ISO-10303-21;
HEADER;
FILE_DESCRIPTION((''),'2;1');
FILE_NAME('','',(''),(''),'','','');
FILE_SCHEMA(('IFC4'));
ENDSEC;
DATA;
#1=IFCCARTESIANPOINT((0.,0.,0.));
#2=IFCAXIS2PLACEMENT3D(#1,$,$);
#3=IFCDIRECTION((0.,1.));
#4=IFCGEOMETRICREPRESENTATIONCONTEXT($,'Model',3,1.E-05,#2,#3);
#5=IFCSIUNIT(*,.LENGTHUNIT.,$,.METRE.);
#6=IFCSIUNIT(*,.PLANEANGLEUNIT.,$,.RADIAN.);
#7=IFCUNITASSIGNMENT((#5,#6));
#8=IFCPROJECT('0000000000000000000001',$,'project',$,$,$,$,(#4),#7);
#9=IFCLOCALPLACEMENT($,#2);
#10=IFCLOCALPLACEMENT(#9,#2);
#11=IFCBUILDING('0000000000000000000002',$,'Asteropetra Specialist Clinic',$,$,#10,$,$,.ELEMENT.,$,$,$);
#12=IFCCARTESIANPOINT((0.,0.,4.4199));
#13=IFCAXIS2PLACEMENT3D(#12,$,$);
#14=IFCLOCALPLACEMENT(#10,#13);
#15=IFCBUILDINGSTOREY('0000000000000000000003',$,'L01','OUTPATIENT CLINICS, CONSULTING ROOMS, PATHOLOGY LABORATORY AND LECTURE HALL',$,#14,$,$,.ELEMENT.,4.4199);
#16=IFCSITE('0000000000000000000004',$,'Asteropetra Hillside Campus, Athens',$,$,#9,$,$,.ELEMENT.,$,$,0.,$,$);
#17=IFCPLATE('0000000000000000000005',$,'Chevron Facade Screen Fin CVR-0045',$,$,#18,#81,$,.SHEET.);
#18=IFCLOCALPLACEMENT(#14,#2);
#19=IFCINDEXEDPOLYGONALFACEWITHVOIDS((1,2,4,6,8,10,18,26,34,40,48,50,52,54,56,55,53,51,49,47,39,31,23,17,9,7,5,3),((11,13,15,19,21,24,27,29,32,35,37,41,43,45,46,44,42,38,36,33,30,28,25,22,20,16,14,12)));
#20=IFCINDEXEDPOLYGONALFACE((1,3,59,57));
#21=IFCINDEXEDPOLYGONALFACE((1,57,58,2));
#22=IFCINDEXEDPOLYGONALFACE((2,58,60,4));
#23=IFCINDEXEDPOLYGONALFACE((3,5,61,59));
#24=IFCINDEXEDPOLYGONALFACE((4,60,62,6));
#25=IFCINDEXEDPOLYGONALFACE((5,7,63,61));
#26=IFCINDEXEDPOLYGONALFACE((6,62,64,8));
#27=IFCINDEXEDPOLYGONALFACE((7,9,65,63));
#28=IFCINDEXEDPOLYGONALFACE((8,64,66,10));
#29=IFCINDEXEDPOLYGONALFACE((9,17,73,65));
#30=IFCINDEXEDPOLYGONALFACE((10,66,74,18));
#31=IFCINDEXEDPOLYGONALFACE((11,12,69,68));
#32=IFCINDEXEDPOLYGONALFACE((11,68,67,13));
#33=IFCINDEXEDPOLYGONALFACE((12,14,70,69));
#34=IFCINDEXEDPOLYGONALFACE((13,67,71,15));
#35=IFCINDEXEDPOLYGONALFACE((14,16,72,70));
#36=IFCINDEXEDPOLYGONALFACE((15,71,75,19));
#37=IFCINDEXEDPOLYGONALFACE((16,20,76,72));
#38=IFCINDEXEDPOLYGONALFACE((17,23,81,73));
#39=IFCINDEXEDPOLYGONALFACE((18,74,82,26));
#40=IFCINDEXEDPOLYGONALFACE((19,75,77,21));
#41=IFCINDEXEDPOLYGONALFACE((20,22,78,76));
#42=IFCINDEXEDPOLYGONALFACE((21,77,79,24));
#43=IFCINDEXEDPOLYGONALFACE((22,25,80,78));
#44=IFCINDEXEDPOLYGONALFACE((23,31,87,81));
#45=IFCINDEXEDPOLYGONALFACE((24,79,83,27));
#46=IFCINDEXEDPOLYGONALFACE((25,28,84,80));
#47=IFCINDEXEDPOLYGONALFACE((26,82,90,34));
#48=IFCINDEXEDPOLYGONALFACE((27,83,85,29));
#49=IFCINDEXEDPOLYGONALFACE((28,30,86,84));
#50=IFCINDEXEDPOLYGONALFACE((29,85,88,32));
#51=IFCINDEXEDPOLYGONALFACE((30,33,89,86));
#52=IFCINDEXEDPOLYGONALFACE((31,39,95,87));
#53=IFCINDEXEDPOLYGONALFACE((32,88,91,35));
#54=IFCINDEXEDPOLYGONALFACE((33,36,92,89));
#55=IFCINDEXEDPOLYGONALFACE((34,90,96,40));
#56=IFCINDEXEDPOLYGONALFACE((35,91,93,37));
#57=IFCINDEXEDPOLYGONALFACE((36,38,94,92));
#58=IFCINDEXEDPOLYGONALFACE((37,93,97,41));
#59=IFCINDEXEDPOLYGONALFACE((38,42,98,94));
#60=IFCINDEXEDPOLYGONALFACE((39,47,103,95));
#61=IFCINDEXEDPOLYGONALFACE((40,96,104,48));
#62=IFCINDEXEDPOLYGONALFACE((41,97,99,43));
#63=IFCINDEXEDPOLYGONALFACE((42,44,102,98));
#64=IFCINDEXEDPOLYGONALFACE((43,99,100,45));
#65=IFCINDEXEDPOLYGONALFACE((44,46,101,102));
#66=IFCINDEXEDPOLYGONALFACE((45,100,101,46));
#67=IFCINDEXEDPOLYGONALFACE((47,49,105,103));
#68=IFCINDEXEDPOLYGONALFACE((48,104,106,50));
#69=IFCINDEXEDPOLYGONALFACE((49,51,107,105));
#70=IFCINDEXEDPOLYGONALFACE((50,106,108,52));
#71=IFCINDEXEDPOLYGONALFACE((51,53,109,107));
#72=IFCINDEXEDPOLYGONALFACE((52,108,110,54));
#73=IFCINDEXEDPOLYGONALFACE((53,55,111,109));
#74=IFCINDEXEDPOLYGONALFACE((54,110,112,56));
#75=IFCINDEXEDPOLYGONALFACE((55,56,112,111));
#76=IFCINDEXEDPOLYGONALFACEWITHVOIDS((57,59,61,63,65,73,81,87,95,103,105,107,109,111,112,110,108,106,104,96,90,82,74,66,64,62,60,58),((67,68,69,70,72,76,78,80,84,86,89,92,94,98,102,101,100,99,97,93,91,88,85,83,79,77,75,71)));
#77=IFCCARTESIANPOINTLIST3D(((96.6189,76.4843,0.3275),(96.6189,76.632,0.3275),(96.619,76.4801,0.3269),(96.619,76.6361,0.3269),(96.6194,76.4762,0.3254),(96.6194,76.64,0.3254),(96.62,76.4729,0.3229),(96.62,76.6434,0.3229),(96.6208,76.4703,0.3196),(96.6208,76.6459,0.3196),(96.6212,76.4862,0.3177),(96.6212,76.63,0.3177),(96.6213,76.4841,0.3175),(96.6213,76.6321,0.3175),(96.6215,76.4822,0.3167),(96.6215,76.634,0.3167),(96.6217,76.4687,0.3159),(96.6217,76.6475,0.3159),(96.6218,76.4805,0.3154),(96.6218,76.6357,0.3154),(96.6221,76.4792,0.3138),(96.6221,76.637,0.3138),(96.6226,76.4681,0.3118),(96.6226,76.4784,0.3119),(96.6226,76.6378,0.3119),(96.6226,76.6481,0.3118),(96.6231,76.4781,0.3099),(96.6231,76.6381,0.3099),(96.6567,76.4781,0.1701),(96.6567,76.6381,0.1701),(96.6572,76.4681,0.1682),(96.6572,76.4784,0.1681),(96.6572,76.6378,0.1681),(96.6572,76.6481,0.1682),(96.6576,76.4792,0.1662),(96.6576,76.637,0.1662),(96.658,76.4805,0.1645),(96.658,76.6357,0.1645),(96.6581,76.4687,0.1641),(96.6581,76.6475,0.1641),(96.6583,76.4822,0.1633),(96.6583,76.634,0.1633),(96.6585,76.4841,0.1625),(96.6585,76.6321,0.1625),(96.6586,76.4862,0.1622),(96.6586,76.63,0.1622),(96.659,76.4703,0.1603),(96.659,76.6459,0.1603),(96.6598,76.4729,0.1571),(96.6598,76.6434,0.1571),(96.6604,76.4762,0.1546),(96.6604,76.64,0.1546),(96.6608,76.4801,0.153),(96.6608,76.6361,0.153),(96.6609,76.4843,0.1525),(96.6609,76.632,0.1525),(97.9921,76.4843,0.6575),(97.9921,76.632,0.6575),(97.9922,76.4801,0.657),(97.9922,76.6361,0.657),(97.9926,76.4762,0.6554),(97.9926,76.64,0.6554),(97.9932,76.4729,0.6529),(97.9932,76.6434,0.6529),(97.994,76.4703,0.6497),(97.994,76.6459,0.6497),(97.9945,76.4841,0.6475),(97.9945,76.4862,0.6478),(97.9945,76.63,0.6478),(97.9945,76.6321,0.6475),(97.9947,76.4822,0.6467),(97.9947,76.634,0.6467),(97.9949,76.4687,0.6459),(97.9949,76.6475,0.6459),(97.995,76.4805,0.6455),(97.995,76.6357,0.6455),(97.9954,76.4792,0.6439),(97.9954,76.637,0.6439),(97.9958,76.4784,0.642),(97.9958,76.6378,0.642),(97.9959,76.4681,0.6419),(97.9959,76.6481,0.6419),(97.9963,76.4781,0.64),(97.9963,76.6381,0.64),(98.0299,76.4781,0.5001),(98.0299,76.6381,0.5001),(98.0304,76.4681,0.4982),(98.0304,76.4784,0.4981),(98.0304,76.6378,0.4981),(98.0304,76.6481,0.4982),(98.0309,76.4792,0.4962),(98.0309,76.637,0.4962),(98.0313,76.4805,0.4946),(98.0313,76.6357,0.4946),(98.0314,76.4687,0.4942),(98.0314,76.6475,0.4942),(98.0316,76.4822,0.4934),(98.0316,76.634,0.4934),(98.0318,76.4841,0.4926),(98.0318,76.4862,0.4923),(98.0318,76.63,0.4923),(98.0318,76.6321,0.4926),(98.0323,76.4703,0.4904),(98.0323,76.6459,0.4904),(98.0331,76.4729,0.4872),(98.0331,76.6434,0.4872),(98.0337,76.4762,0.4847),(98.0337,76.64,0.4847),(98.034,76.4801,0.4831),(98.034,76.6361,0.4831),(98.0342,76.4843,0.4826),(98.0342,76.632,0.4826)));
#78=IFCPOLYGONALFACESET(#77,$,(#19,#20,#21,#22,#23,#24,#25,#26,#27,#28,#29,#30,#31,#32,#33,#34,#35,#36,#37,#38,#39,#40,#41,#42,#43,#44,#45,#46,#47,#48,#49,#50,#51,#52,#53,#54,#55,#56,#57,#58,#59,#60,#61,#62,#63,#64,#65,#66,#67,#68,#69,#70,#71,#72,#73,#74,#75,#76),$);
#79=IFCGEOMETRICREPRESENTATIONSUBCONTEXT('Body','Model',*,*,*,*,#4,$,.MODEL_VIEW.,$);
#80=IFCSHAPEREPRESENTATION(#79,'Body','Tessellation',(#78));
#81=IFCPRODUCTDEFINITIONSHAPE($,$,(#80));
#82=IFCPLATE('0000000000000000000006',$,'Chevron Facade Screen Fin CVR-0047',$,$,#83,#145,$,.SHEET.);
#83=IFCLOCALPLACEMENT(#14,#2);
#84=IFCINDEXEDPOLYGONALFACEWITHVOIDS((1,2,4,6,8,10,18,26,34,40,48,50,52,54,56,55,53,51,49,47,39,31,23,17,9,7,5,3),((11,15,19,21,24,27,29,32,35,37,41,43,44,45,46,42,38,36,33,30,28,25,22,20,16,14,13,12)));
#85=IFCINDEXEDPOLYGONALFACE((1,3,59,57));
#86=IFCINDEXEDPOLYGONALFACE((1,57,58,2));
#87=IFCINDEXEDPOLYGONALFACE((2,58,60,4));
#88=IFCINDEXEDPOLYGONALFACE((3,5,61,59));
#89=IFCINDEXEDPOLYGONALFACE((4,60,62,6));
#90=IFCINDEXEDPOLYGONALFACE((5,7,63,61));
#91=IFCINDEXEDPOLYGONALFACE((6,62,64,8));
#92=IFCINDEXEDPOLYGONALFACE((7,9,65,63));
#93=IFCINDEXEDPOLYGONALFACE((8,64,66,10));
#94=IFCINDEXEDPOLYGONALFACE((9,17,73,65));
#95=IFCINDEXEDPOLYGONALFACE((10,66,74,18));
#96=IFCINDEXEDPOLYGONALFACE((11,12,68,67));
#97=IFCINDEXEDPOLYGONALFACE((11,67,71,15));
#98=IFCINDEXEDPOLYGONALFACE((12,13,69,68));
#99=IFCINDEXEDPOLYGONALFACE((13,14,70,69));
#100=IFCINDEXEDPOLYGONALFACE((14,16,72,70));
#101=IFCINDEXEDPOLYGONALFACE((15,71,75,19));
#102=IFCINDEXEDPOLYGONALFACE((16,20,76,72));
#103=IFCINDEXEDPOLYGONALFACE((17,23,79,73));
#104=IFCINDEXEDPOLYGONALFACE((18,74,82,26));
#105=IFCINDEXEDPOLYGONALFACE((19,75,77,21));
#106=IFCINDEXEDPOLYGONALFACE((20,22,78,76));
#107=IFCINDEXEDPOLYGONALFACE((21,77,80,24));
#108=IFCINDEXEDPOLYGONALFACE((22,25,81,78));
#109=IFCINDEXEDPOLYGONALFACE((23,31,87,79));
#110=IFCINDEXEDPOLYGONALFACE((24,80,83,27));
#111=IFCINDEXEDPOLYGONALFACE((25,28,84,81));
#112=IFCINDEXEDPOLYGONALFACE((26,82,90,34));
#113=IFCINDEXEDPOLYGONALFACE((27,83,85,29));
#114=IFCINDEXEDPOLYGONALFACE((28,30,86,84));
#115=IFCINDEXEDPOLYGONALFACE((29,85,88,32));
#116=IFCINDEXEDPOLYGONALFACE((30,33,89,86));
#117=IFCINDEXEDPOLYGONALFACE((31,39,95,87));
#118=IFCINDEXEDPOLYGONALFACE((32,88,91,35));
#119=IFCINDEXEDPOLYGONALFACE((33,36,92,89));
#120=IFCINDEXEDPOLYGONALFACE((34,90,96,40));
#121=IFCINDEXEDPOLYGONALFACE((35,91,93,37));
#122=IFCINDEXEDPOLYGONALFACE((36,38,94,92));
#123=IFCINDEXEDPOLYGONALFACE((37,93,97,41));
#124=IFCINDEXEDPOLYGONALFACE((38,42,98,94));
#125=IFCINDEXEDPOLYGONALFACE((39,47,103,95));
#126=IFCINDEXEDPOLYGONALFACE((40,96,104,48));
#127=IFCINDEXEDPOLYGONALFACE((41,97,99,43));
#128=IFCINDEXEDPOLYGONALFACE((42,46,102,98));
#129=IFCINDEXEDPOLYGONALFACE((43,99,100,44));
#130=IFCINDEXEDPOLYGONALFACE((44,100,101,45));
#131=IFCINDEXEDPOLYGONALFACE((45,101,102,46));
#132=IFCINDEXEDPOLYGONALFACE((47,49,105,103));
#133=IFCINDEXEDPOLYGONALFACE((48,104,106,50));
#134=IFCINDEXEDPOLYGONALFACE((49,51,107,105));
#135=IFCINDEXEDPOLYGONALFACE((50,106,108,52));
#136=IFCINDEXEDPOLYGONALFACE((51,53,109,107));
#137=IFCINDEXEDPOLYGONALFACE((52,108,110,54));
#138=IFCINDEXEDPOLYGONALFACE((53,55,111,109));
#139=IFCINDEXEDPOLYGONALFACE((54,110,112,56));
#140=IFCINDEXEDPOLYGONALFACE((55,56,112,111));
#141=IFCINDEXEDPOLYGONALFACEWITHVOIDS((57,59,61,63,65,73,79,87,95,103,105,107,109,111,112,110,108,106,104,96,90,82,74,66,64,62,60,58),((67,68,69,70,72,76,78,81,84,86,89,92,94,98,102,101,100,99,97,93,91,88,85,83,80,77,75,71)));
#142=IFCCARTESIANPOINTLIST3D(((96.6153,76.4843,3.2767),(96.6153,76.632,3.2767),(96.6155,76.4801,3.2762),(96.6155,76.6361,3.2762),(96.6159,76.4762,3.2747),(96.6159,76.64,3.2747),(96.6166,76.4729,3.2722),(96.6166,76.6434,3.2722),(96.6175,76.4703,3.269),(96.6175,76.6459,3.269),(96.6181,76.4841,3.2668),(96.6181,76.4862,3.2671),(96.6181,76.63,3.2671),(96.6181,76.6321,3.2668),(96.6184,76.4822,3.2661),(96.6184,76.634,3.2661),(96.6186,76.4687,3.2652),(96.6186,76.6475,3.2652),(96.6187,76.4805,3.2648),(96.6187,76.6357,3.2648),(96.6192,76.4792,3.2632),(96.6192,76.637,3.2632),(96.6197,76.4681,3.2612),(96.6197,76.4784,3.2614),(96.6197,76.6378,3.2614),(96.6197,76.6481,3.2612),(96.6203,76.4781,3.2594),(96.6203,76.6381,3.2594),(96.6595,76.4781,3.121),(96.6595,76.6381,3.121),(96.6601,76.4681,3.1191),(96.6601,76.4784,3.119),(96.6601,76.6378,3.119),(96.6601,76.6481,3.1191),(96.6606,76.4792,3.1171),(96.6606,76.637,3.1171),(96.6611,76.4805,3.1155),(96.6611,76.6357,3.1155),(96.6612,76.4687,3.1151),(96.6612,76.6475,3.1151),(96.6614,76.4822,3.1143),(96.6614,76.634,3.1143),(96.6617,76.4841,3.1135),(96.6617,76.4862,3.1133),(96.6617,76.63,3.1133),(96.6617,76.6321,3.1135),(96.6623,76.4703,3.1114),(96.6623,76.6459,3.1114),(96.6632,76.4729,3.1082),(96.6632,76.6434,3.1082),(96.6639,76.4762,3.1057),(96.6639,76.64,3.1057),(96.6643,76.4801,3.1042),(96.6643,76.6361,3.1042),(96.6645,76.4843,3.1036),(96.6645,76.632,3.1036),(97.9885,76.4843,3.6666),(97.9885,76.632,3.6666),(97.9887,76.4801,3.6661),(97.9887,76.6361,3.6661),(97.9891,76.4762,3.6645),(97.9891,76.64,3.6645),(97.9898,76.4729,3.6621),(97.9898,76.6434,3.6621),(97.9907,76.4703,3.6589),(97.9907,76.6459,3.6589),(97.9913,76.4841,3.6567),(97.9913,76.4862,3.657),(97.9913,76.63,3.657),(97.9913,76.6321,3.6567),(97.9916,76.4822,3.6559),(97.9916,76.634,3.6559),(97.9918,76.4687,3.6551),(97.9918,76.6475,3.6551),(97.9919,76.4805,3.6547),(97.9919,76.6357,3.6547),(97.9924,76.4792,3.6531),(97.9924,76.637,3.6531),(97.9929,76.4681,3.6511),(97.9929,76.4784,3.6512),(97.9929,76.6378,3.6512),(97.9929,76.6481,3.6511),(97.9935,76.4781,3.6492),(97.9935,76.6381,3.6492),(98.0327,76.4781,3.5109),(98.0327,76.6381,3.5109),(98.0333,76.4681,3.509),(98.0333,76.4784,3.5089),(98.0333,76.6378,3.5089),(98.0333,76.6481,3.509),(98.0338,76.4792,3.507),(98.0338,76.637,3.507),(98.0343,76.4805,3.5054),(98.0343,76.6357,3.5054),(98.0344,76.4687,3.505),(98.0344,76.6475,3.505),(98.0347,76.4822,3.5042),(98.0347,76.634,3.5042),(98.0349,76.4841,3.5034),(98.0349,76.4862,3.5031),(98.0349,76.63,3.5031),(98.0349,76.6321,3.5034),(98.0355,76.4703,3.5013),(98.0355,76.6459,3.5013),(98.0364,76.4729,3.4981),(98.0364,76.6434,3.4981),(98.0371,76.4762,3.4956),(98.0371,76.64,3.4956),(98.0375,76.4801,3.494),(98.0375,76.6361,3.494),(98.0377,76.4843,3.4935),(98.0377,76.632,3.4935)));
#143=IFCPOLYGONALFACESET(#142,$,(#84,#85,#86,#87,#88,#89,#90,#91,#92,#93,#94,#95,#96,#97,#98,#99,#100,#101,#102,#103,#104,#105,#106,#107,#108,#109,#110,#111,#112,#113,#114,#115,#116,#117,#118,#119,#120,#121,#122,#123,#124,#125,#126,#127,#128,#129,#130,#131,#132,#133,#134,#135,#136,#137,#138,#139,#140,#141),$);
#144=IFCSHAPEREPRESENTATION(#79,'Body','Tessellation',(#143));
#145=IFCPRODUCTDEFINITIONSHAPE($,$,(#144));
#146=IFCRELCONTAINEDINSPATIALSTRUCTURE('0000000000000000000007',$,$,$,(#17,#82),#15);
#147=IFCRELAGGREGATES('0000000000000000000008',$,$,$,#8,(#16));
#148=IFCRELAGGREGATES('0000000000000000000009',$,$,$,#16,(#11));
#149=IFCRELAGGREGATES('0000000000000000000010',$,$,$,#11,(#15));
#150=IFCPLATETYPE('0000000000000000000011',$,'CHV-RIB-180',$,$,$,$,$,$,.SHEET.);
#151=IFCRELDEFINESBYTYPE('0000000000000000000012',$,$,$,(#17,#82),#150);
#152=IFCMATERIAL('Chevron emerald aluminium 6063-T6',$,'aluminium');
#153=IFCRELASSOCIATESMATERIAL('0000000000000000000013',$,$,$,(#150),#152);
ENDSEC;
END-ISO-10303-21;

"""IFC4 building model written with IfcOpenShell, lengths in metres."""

from ifc_helpers import new_model, si_unit, direction, frame, origin, origin_2d, place, context, subcontext, project, spatial, hollow_rectangle, extrude, material, material_profile, profile_set, type_object, element, save


model = new_model("IFC4")

# Units and contexts
model_context = context("Model", 3, precision=1e-05, world=origin(), true_north=direction((0.0, 1.0)))
body_context = subcontext(model_context, "Body", "Model", "MODEL_VIEW")
ifc_project = project(units=[si_unit("LENGTHUNIT", "METRE"), si_unit("PLANEANGLEUNIT", "RADIAN")], contexts=[model_context])

# Site, building, storey
site_placement = place(None, origin())
site = spatial("IfcSite", under=ifc_project, at=site_placement, Name="Asteropetra Hillside Campus, Athens", CompositionType="ELEMENT", RefElevation=0.0)
building_placement = place(site_placement, origin())
building = spatial("IfcBuilding", under=site, at=building_placement, Name="Asteropetra Specialist Clinic", CompositionType="ELEMENT")
storey_placement = place(building_placement, frame((0.0, 0.0, 4.4199)))
storey = spatial("IfcBuildingStorey", under=building, at=storey_placement, Name="L01", Description="OUTPATIENT CLINICS, CONSULTING ROOMS, PATHOLOGY LABORATORY AND LECTURE HALL", CompositionType="ELEMENT", Elevation=4.4199)

# Plates
ifc_material_1 = material(Name="Chevron emerald aluminium 6063-T6", Category="aluminium")
ifc_material_profile_1 = material_profile(ifc_material_1, hollow_rectangle(XDim=0.1799, YDim=0.1799, WallThickness=0.01, InnerFilletRadius=0.0081, OuterFilletRadius=0.0161, at=origin_2d()), Name="SHS 180x180x10.0")
ifc_profile_set_1 = profile_set([ifc_material_profile_1], Name="Chevron emerald aluminium 6063-T6")
plate_type_1 = type_object("IfcPlateType", Name="CHV-RIB-180", PredefinedType="SHEET", material=ifc_profile_set_1)
plate_1_placement = place(storey_placement, frame((96.6399, 76.5581, 0.24), z_axis=(0.972309, 0.0, 0.2337), x_axis=(0.0, 1.0, 0.0)))
element("IfcPlate", 1, at=plate_1_placement, inside=storey, type_object=plate_type_1, Name="Chevron Facade Screen Fin CVR-0045", PredefinedType="SHEET", context=body_context, shape_type="SweptSolid", body=[
    extrude(hollow_rectangle(XDim=0.1799, YDim=0.1799, WallThickness=0.01, InnerFilletRadius=0.0081, OuterFilletRadius=0.0161, at=origin_2d()), origin(), (0.0, 0.0, 1.0), 1.4124),
])
plate_2_placement = place(storey_placement, frame((96.6399, 76.5581, 3.1902), z_axis=(0.961981, 0.0, 0.273117), x_axis=(0.0, 1.0, 0.0)))
element("IfcPlate", 2, at=plate_2_placement, inside=storey, type_object=plate_type_1, Name="Chevron Facade Screen Fin CVR-0047", PredefinedType="SHEET", context=body_context, shape_type="SweptSolid", body=[
    extrude(hollow_rectangle(XDim=0.1799, YDim=0.1799, WallThickness=0.01, InnerFilletRadius=0.0081, OuterFilletRadius=0.0161, at=origin_2d()), origin(), (0.0, 0.0, 1.0), 1.4275),
])

save(model, "model.ifc")
